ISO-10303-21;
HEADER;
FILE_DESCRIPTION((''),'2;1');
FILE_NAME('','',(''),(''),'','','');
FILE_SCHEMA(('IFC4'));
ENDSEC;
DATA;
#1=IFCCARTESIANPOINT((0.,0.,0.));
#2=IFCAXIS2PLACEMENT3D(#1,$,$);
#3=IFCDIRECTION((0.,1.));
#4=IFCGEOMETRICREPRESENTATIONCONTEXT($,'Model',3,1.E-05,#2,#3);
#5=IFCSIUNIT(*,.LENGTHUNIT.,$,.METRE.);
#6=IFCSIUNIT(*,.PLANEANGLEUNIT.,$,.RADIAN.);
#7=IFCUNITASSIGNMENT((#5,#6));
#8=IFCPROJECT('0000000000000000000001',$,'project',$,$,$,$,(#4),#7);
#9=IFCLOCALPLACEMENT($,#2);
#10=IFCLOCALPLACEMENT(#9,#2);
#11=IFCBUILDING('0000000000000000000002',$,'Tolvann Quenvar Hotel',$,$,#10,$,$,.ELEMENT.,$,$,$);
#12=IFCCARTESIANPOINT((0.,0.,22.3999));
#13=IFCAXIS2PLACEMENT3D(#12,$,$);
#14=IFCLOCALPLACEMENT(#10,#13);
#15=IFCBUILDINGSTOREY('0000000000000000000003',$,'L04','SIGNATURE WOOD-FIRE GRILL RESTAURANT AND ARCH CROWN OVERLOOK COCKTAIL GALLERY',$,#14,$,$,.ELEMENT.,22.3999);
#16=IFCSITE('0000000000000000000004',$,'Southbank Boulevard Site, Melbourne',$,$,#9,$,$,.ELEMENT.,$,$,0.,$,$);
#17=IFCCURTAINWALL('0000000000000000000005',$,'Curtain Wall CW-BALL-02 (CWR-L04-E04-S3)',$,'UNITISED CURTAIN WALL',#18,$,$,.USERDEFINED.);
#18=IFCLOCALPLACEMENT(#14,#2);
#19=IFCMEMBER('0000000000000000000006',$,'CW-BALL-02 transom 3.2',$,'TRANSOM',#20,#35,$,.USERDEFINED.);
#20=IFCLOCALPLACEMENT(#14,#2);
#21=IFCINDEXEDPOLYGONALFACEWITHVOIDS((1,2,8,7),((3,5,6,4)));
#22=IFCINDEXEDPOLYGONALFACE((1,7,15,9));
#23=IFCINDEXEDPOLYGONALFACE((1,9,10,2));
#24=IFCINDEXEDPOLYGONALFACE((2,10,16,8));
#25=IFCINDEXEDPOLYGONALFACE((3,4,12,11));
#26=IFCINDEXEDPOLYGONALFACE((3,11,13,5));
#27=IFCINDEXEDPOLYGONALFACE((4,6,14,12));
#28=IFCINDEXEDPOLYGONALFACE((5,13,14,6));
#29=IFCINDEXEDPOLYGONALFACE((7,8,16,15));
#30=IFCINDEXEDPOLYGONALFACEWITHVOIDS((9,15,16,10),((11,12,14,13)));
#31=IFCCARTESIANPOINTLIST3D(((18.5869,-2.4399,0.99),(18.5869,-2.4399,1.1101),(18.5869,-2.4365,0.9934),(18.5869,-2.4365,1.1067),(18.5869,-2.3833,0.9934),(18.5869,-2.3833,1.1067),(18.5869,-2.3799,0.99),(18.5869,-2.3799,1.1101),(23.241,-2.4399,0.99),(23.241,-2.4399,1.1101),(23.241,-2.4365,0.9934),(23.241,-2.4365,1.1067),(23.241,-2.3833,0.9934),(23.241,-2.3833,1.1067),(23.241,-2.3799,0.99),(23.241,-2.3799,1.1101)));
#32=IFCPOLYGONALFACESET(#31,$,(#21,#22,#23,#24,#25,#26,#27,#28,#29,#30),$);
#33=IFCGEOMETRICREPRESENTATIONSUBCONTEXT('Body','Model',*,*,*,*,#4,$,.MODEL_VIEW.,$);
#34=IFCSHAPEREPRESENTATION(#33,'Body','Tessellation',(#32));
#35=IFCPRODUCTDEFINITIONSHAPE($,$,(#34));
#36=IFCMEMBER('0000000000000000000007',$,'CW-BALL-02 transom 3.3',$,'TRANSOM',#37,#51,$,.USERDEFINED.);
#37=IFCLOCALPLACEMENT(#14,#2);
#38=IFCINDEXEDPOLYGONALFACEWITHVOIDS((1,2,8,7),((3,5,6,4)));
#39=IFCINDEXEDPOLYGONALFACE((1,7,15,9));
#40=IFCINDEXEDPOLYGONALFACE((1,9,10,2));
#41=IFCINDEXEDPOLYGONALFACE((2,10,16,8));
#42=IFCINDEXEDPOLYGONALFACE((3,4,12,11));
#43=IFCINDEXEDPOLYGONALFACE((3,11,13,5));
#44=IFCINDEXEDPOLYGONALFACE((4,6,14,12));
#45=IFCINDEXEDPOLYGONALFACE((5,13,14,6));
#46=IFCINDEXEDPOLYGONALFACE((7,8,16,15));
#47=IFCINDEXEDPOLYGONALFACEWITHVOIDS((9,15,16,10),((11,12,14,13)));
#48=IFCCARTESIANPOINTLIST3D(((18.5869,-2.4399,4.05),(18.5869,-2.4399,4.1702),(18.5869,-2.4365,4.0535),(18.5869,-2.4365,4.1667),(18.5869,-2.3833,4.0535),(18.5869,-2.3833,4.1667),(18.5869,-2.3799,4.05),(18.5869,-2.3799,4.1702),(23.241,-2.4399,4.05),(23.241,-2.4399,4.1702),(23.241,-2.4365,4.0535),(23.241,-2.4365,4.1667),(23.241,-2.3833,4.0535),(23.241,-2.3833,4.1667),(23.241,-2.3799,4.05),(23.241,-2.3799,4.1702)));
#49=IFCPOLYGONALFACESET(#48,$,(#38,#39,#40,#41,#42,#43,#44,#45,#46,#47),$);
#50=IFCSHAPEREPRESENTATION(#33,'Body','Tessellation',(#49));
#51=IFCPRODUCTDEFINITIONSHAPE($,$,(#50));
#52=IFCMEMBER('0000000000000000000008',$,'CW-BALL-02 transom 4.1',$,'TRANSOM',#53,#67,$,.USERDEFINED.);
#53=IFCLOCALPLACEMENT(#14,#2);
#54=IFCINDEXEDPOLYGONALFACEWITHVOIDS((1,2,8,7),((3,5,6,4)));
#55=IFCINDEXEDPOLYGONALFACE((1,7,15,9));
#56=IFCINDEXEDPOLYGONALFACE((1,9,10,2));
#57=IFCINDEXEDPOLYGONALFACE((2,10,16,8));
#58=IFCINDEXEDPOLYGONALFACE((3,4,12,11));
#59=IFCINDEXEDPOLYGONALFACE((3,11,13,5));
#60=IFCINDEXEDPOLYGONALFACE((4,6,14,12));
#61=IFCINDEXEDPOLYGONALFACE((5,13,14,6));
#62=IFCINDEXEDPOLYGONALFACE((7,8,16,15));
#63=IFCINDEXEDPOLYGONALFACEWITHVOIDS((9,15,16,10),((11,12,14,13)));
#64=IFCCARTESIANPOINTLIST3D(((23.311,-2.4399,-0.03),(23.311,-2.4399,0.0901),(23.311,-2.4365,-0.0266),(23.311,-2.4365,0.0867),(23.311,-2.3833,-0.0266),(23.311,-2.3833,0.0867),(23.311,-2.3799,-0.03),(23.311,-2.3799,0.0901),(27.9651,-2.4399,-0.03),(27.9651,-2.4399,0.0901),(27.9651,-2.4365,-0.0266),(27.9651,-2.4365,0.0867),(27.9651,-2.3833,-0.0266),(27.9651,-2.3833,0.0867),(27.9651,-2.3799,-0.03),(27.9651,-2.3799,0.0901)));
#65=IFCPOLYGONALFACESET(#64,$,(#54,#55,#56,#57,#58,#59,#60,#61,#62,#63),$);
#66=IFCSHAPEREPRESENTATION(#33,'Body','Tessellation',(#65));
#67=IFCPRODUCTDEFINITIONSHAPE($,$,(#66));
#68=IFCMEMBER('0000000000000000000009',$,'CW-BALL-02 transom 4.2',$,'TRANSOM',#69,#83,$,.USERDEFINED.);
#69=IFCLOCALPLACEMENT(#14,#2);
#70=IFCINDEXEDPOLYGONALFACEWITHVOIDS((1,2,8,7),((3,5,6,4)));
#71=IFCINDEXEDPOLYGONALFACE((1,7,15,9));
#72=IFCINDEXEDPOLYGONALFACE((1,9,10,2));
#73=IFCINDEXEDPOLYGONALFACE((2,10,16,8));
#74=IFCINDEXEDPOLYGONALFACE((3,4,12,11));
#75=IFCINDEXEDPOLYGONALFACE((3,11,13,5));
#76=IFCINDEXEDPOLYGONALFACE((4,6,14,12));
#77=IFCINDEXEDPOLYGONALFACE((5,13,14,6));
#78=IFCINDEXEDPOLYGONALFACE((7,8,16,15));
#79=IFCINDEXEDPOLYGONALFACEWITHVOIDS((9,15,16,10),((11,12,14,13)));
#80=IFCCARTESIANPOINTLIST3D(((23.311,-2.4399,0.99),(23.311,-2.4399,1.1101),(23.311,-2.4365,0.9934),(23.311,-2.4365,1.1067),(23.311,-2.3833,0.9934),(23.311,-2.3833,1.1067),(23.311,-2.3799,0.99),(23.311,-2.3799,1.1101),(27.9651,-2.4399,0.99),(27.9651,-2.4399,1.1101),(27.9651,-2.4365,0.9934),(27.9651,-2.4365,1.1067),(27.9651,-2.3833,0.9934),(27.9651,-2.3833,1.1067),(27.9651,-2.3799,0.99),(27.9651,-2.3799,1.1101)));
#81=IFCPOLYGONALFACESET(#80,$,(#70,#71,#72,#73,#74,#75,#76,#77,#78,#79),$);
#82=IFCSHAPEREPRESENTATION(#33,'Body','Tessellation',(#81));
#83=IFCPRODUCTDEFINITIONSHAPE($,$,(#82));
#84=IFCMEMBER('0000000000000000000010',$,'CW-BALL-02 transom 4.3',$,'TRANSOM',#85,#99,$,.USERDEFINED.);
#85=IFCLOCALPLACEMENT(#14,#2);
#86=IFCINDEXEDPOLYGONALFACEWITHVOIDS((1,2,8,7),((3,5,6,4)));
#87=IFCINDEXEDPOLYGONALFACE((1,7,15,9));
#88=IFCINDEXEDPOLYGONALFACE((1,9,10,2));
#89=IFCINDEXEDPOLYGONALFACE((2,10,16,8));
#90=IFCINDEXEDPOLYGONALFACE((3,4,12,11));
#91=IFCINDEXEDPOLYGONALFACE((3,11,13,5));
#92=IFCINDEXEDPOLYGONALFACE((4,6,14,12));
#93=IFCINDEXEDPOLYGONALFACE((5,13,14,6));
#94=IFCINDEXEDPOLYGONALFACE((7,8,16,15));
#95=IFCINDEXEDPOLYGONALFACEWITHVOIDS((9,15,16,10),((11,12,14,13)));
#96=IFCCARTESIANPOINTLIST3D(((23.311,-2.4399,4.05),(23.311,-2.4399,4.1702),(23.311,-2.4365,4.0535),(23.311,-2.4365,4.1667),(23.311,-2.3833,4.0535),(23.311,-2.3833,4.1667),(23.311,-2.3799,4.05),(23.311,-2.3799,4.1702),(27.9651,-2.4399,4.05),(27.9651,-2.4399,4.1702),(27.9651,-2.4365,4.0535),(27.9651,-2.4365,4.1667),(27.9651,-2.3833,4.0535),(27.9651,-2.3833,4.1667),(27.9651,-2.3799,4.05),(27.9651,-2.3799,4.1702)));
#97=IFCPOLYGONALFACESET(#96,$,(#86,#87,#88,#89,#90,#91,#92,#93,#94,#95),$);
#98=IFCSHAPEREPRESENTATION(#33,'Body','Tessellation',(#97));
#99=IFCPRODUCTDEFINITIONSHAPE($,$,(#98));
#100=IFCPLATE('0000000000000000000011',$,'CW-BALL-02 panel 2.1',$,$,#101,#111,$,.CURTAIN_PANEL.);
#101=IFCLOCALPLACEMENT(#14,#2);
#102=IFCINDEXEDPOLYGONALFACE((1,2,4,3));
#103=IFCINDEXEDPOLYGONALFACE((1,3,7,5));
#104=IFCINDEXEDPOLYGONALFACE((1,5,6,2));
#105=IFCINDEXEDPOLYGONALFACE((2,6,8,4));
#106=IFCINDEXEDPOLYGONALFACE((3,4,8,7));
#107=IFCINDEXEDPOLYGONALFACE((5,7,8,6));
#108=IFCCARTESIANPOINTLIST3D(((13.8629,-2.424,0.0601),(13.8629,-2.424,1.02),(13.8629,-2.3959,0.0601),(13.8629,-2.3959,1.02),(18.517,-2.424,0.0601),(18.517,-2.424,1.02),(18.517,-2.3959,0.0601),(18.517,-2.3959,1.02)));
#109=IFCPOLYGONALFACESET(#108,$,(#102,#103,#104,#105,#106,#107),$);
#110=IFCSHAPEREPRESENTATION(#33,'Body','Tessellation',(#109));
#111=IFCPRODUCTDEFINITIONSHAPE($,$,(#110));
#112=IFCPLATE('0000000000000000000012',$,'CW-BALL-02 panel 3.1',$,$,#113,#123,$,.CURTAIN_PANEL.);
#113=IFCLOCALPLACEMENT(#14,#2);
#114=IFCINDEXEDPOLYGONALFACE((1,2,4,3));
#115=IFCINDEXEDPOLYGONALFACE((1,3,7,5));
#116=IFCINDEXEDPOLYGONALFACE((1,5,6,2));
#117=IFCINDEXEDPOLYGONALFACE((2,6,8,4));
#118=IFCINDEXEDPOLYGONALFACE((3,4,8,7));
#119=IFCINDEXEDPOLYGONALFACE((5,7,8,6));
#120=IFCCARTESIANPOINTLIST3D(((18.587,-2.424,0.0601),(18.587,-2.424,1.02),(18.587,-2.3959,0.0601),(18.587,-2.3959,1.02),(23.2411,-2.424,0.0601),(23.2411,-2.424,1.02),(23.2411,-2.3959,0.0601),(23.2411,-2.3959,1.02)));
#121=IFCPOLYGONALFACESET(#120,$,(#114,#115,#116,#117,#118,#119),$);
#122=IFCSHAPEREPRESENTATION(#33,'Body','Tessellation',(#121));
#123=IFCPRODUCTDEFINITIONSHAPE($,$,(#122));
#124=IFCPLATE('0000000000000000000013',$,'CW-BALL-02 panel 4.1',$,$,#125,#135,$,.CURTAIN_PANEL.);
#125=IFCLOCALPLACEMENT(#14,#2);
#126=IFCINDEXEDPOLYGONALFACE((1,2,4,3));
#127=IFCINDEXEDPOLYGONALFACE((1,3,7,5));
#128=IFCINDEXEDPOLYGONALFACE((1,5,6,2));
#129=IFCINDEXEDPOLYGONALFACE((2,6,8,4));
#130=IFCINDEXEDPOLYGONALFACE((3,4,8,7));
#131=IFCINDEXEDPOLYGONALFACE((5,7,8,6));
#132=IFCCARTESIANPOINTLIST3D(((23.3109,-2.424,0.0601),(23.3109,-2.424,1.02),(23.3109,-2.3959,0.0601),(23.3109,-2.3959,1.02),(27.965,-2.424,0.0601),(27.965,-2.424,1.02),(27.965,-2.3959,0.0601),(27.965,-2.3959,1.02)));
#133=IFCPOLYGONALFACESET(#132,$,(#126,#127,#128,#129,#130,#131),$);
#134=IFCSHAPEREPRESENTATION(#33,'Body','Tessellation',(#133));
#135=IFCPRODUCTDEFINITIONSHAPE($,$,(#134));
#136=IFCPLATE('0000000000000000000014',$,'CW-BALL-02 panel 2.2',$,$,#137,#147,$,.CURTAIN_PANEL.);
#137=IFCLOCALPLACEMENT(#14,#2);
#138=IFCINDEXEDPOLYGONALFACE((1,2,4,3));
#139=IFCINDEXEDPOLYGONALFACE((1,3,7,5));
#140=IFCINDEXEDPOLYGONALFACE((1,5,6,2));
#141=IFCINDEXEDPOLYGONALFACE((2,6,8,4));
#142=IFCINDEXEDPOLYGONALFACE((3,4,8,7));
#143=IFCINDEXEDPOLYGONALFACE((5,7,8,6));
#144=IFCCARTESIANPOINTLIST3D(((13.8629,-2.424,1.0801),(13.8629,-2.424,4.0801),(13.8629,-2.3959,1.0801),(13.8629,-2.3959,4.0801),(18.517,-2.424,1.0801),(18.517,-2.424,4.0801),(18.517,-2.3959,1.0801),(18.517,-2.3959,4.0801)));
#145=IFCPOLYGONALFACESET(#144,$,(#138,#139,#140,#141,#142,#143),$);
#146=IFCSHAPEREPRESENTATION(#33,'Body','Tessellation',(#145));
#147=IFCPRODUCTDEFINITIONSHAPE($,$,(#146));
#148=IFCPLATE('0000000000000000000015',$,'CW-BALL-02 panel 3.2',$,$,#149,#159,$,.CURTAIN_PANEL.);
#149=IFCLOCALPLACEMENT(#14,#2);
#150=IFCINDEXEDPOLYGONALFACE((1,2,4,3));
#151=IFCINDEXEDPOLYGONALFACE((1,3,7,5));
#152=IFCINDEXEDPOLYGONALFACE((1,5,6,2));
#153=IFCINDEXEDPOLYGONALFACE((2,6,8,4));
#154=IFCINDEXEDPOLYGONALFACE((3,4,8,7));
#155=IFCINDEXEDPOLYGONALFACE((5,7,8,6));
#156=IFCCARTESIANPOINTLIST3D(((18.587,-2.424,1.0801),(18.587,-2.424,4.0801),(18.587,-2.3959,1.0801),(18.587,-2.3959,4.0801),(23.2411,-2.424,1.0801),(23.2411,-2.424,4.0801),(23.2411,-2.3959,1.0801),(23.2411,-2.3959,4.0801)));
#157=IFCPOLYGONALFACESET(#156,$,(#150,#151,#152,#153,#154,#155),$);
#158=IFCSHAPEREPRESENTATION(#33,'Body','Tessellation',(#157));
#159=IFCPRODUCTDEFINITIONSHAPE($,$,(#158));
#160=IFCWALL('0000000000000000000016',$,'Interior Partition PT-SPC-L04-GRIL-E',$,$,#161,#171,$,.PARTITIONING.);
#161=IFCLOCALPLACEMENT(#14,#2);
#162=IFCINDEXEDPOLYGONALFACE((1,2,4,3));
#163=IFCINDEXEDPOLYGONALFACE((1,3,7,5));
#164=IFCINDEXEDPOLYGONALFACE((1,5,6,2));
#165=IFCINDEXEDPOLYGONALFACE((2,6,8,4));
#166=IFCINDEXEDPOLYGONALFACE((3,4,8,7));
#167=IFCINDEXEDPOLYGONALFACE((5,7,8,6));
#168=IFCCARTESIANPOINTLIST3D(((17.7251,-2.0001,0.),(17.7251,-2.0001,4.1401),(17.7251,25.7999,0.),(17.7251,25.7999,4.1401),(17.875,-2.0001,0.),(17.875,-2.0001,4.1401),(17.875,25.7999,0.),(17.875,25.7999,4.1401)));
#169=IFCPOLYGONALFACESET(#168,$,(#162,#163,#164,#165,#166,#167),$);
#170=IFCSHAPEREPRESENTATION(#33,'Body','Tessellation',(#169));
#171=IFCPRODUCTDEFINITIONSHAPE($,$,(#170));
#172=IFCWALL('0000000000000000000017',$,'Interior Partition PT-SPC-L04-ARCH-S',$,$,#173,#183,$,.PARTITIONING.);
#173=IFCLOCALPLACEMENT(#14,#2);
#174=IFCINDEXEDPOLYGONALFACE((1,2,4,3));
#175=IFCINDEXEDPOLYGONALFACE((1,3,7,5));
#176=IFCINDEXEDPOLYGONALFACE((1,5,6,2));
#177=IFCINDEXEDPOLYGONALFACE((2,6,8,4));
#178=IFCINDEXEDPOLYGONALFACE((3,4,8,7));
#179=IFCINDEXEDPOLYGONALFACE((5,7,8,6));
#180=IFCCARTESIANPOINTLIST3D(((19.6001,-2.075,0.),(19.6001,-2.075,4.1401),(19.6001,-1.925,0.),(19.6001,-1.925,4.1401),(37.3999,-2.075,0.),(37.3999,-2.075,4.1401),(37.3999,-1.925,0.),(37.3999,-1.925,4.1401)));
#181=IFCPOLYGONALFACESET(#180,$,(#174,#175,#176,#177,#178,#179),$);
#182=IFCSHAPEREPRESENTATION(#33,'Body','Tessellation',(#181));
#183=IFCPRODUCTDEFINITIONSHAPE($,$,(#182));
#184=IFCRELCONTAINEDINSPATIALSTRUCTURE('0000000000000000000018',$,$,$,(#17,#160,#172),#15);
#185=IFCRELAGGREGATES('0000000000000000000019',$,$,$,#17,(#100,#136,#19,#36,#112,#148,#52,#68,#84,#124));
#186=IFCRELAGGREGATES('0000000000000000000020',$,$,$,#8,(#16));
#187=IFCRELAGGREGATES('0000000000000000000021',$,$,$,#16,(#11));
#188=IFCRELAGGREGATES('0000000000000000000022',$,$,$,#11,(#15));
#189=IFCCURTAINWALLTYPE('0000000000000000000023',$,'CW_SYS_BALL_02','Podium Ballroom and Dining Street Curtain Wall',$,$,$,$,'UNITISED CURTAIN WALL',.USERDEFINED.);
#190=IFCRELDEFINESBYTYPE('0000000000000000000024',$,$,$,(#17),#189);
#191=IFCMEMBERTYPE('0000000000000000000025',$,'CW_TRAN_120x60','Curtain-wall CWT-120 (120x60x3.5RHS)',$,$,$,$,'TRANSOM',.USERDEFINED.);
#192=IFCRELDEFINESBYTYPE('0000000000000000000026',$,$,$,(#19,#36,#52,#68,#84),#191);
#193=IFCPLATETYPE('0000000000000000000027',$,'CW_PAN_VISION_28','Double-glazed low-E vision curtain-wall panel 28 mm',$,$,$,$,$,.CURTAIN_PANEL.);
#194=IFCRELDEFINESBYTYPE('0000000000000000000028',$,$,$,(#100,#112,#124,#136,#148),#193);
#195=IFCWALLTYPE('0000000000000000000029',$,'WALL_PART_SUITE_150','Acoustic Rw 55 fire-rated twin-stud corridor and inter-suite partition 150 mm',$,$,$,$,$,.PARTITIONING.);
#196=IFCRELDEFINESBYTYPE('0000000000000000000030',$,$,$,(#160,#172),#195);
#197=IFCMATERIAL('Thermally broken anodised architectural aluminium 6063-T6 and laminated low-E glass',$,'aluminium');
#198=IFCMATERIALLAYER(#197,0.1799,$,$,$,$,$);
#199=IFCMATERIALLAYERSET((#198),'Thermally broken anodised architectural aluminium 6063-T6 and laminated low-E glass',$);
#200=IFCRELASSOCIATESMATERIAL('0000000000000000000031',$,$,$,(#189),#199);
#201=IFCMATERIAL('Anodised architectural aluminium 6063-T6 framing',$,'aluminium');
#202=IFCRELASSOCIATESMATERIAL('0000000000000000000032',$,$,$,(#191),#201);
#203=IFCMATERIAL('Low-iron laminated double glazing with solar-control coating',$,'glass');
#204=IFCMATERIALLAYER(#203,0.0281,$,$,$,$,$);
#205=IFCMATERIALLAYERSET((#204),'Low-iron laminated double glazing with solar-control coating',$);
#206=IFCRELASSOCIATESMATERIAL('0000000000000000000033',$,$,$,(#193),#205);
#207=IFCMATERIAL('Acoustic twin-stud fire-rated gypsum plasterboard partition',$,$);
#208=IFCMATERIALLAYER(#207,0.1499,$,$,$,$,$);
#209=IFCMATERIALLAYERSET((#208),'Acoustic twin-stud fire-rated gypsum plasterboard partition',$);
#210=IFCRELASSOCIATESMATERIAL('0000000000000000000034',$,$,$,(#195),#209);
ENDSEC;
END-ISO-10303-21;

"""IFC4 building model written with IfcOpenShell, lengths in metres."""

from ifc_helpers import new_model, si_unit, direction, frame, frame_2d, origin, origin_2d, place, context, subcontext, project, spatial, rectangle, hollow_rectangle, extrude, source, transform, mapped, material, layer, layer_set, material_profile, profile_set, type_object, type_shapes, element, aggregate, save


model = new_model("IFC4")

# Units and contexts
model_context = context("Model", 3, precision=1e-05, world=origin(), true_north=direction((0.0, 1.0)))
body_context = subcontext(model_context, "Body", "Model", "MODEL_VIEW")
ifc_project = project(units=[si_unit("LENGTHUNIT", "METRE"), si_unit("PLANEANGLEUNIT", "RADIAN")], contexts=[model_context])

# Site, building, storey
site_placement = place(None, origin())
site = spatial("IfcSite", under=ifc_project, at=site_placement, Name="Southbank Boulevard Site, Melbourne", CompositionType="ELEMENT", RefElevation=0.0)
building_placement = place(site_placement, origin())
building = spatial("IfcBuilding", under=site, at=building_placement, Name="Tolvann Quenvar Hotel", CompositionType="ELEMENT")
storey_placement = place(building_placement, frame((0.0, 0.0, 22.3999)))
storey = spatial("IfcBuildingStorey", under=building, at=storey_placement, Name="L04", Description="SIGNATURE WOOD-FIRE GRILL RESTAURANT AND ARCH CROWN OVERLOOK COCKTAIL GALLERY", CompositionType="ELEMENT", Elevation=22.3999)

# Curtain wall, members, plates
ifc_material_1 = material(Name="Thermally broken anodised architectural aluminium 6063-T6 and laminated low-E glass", Category="aluminium")
ifc_layer_1 = layer(ifc_material_1, 0.1799)
ifc_layer_set_1 = layer_set([ifc_layer_1], Name="Thermally broken anodised architectural aluminium 6063-T6 and laminated low-E glass")
curtain_wall_type = type_object("IfcCurtainWallType", Name="CW_SYS_BALL_02", Description="Podium Ballroom and Dining Street Curtain Wall", ElementType="UNITISED CURTAIN WALL", PredefinedType="USERDEFINED", material=ifc_layer_set_1)
curtain_wall_placement = place(storey_placement, origin())
curtain_wall = element("IfcCurtainWall", 1, at=curtain_wall_placement, inside=storey, type_object=curtain_wall_type, Name="Curtain Wall CW-BALL-02 (CWR-L04-E04-S3)", ObjectType="UNITISED CURTAIN WALL", PredefinedType="USERDEFINED")
ifc_material_2 = material(Name="Anodised architectural aluminium 6063-T6 framing", Category="aluminium")
ifc_material_profile_1 = material_profile(ifc_material_2, hollow_rectangle(XDim=0.0601, YDim=0.1201, WallThickness=0.0034, at=origin_2d()), Name="120x60x3.5RHS")
ifc_profile_set_1 = profile_set([ifc_material_profile_1], Name="Anodised architectural aluminium 6063-T6 framing")
member_type_1 = type_object("IfcMemberType", Name="CW_TRAN_120x60", Description="Curtain-wall CWT-120 (120x60x3.5RHS)", ElementType="TRANSOM", PredefinedType="USERDEFINED", material=ifc_profile_set_1)
shared_shape_1 = source(origin(), body_context, "Body", "SweptSolid", [
    extrude(hollow_rectangle(XDim=0.0601, YDim=0.1201, WallThickness=0.0034, at=origin_2d()), origin(), (0.0, 0.0, 1.0), 4.6541),
])
type_shapes(member_type_1, [shared_shape_1])
member_1_placement = place(storey_placement, frame((18.5869, -2.4099, 1.05), z_axis=(1.0, 0.0, 0.0), x_axis=(0.0, 1.0, 0.0)))
member_1 = element("IfcMember", 2, at=member_1_placement, type_object=member_type_1, Name="CW-BALL-02 transom 3.2", ObjectType="TRANSOM", PredefinedType="USERDEFINED", context=body_context, shape_type="MappedRepresentation", body=[
    mapped(shared_shape_1, transform((0.0, 0.0, 0.0), x_axis=(1.0, 0.0, 0.0), y_axis=(0.0, 1.0, 0.0), z_axis=(0.0, 0.0, 1.0), scale=1.0)),
])
member_2_placement = place(storey_placement, frame((18.5869, -2.4099, 4.1101), z_axis=(1.0, 0.0, 0.0), x_axis=(0.0, 1.0, 0.0)))
member_2 = element("IfcMember", 3, at=member_2_placement, type_object=member_type_1, Name="CW-BALL-02 transom 3.3", ObjectType="TRANSOM", PredefinedType="USERDEFINED", context=body_context, shape_type="MappedRepresentation", body=[
    mapped(shared_shape_1, transform((0.0, 0.0, 0.0), x_axis=(1.0, 0.0, 0.0), y_axis=(0.0, 1.0, 0.0), z_axis=(0.0, 0.0, 1.0), scale=1.0)),
])
member_3_placement = place(storey_placement, frame((23.311, -2.4099, 0.03), z_axis=(1.0, 0.0, 0.0), x_axis=(0.0, 1.0, 0.0)))
member_3 = element("IfcMember", 4, at=member_3_placement, type_object=member_type_1, Name="CW-BALL-02 transom 4.1", ObjectType="TRANSOM", PredefinedType="USERDEFINED", context=body_context, shape_type="MappedRepresentation", body=[
    mapped(shared_shape_1, transform((0.0, 0.0, 0.0), x_axis=(1.0, 0.0, 0.0), y_axis=(0.0, 1.0, 0.0), z_axis=(0.0, 0.0, 1.0), scale=1.0)),
])
member_4_placement = place(storey_placement, frame((23.311, -2.4099, 1.05), z_axis=(1.0, 0.0, 0.0), x_axis=(0.0, 1.0, 0.0)))
member_4 = element("IfcMember", 5, at=member_4_placement, type_object=member_type_1, Name="CW-BALL-02 transom 4.2", ObjectType="TRANSOM", PredefinedType="USERDEFINED", context=body_context, shape_type="MappedRepresentation", body=[
    mapped(shared_shape_1, transform((0.0, 0.0, 0.0), x_axis=(1.0, 0.0, 0.0), y_axis=(0.0, 1.0, 0.0), z_axis=(0.0, 0.0, 1.0), scale=1.0)),
])
member_5_placement = place(storey_placement, frame((23.311, -2.4099, 4.1101), z_axis=(1.0, 0.0, 0.0), x_axis=(0.0, 1.0, 0.0)))
member_5 = element("IfcMember", 6, at=member_5_placement, type_object=member_type_1, Name="CW-BALL-02 transom 4.3", ObjectType="TRANSOM", PredefinedType="USERDEFINED", context=body_context, shape_type="MappedRepresentation", body=[
    mapped(shared_shape_1, transform((0.0, 0.0, 0.0), x_axis=(1.0, 0.0, 0.0), y_axis=(0.0, 1.0, 0.0), z_axis=(0.0, 0.0, 1.0), scale=1.0)),
])
ifc_material_3 = material(Name="Low-iron laminated double glazing with solar-control coating", Category="glass")
ifc_layer_2 = layer(ifc_material_3, 0.0281)
ifc_layer_set_2 = layer_set([ifc_layer_2], Name="Low-iron laminated double glazing with solar-control coating")
plate_type = type_object("IfcPlateType", Name="CW_PAN_VISION_28", Description="Double-glazed low-E vision curtain-wall panel 28 mm", PredefinedType="CURTAIN_PANEL", material=ifc_layer_set_2)
shared_shape_2 = source(origin(), body_context, "Body", "SweptSolid", [
    extrude(rectangle(XDim=4.6541, YDim=0.0281, at=origin_2d()), origin(), (0.0, 0.0, 1.0), 0.96),
])
plate_1_placement = place(storey_placement, frame((16.1899, -2.4099, 0.0601), z_axis=(0.0, 0.0, 1.0), x_axis=(1.0, 0.0, 0.0)))
plate_1 = element("IfcPlate", 7, at=plate_1_placement, type_object=plate_type, Name="CW-BALL-02 panel 2.1", PredefinedType="CURTAIN_PANEL", context=body_context, shape_type="MappedRepresentation", body=[
    mapped(shared_shape_2, transform((0.0, 0.0, 0.0), x_axis=(1.0, 0.0, 0.0), y_axis=(0.0, 1.0, 0.0), z_axis=(0.0, 0.0, 1.0), scale=1.0)),
])
plate_2_placement = place(storey_placement, frame((20.9141, -2.4099, 0.0601), z_axis=(0.0, 0.0, 1.0), x_axis=(1.0, 0.0, 0.0)))
plate_2 = element("IfcPlate", 8, at=plate_2_placement, type_object=plate_type, Name="CW-BALL-02 panel 3.1", PredefinedType="CURTAIN_PANEL", context=body_context, shape_type="MappedRepresentation", body=[
    mapped(shared_shape_2, transform((0.0, 0.0, 0.0), x_axis=(1.0, 0.0, 0.0), y_axis=(0.0, 1.0, 0.0), z_axis=(0.0, 0.0, 1.0), scale=1.0)),
])
plate_3_placement = place(storey_placement, frame((25.6379, -2.4099, 0.0601), z_axis=(0.0, 0.0, 1.0), x_axis=(1.0, 0.0, 0.0)))
plate_3 = element("IfcPlate", 9, at=plate_3_placement, type_object=plate_type, Name="CW-BALL-02 panel 4.1", PredefinedType="CURTAIN_PANEL", context=body_context, shape_type="MappedRepresentation", body=[
    mapped(shared_shape_2, transform((0.0, 0.0, 0.0), x_axis=(1.0, 0.0, 0.0), y_axis=(0.0, 1.0, 0.0), z_axis=(0.0, 0.0, 1.0), scale=1.0)),
])
shared_shape_3 = source(origin(), body_context, "Body", "SweptSolid", [
    extrude(rectangle(XDim=4.6541, YDim=0.0281, at=origin_2d()), origin(), (0.0, 0.0, 1.0), 3.0),
])
type_shapes(plate_type, [shared_shape_2, shared_shape_3])
plate_4_placement = place(storey_placement, frame((16.1899, -2.4099, 1.0801), z_axis=(0.0, 0.0, 1.0), x_axis=(1.0, 0.0, 0.0)))
plate_4 = element("IfcPlate", 10, at=plate_4_placement, type_object=plate_type, Name="CW-BALL-02 panel 2.2", PredefinedType="CURTAIN_PANEL", context=body_context, shape_type="MappedRepresentation", body=[
    mapped(shared_shape_3, transform((0.0, 0.0, 0.0), x_axis=(1.0, 0.0, 0.0), y_axis=(0.0, 1.0, 0.0), z_axis=(0.0, 0.0, 1.0), scale=1.0)),
])
plate_5_placement = place(storey_placement, frame((20.9141, -2.4099, 1.0801), z_axis=(0.0, 0.0, 1.0), x_axis=(1.0, 0.0, 0.0)))
plate_5 = element("IfcPlate", 11, at=plate_5_placement, type_object=plate_type, Name="CW-BALL-02 panel 3.2", PredefinedType="CURTAIN_PANEL", context=body_context, shape_type="MappedRepresentation", body=[
    mapped(shared_shape_3, transform((0.0, 0.0, 0.0), x_axis=(1.0, 0.0, 0.0), y_axis=(0.0, 1.0, 0.0), z_axis=(0.0, 0.0, 1.0), scale=1.0)),
])
aggregate(curtain_wall, [plate_1, plate_4, member_1, member_2, plate_2, plate_5, member_3, member_4, member_5, plate_3])

# Walls
ifc_material_4 = material(Name="Acoustic twin-stud fire-rated gypsum plasterboard partition")
ifc_layer_3 = layer(ifc_material_4, 0.1499)
ifc_layer_set_3 = layer_set([ifc_layer_3], Name="Acoustic twin-stud fire-rated gypsum plasterboard partition")
wall_type = type_object("IfcWallType", Name="WALL_PART_SUITE_150", Description="Acoustic Rw 55 fire-rated twin-stud corridor and inter-suite partition 150 mm", PredefinedType="PARTITIONING", material=ifc_layer_set_3)
wall_1_placement = place(storey_placement, frame((17.8, -2.0, 0.0), z_axis=(0.0, 0.0, 1.0), x_axis=(0.0, 1.0, 0.0)))
element("IfcWall", 12, at=wall_1_placement, inside=storey, type_object=wall_type, Name="Interior Partition PT-SPC-L04-GRIL-E", PredefinedType="PARTITIONING", context=body_context, shape_type="SweptSolid", body=[
    extrude(rectangle(XDim=27.8, YDim=0.1499, at=frame_2d((13.8999, 0.0))), origin(), (0.0, 0.0, 1.0), 4.1401),
])
wall_2_placement = place(storey_placement, frame((19.6001, -2.0, 0.0), z_axis=(0.0, 0.0, 1.0), x_axis=(1.0, 0.0, 0.0)))
element("IfcWall", 13, at=wall_2_placement, inside=storey, type_object=wall_type, Name="Interior Partition PT-SPC-L04-ARCH-S", PredefinedType="PARTITIONING", context=body_context, shape_type="SweptSolid", body=[
    extrude(rectangle(XDim=17.7998, YDim=0.1499, at=frame_2d((8.8999, 0.0))), origin(), (0.0, 0.0, 1.0), 4.1401),
])

save(model, "model.ifc")
